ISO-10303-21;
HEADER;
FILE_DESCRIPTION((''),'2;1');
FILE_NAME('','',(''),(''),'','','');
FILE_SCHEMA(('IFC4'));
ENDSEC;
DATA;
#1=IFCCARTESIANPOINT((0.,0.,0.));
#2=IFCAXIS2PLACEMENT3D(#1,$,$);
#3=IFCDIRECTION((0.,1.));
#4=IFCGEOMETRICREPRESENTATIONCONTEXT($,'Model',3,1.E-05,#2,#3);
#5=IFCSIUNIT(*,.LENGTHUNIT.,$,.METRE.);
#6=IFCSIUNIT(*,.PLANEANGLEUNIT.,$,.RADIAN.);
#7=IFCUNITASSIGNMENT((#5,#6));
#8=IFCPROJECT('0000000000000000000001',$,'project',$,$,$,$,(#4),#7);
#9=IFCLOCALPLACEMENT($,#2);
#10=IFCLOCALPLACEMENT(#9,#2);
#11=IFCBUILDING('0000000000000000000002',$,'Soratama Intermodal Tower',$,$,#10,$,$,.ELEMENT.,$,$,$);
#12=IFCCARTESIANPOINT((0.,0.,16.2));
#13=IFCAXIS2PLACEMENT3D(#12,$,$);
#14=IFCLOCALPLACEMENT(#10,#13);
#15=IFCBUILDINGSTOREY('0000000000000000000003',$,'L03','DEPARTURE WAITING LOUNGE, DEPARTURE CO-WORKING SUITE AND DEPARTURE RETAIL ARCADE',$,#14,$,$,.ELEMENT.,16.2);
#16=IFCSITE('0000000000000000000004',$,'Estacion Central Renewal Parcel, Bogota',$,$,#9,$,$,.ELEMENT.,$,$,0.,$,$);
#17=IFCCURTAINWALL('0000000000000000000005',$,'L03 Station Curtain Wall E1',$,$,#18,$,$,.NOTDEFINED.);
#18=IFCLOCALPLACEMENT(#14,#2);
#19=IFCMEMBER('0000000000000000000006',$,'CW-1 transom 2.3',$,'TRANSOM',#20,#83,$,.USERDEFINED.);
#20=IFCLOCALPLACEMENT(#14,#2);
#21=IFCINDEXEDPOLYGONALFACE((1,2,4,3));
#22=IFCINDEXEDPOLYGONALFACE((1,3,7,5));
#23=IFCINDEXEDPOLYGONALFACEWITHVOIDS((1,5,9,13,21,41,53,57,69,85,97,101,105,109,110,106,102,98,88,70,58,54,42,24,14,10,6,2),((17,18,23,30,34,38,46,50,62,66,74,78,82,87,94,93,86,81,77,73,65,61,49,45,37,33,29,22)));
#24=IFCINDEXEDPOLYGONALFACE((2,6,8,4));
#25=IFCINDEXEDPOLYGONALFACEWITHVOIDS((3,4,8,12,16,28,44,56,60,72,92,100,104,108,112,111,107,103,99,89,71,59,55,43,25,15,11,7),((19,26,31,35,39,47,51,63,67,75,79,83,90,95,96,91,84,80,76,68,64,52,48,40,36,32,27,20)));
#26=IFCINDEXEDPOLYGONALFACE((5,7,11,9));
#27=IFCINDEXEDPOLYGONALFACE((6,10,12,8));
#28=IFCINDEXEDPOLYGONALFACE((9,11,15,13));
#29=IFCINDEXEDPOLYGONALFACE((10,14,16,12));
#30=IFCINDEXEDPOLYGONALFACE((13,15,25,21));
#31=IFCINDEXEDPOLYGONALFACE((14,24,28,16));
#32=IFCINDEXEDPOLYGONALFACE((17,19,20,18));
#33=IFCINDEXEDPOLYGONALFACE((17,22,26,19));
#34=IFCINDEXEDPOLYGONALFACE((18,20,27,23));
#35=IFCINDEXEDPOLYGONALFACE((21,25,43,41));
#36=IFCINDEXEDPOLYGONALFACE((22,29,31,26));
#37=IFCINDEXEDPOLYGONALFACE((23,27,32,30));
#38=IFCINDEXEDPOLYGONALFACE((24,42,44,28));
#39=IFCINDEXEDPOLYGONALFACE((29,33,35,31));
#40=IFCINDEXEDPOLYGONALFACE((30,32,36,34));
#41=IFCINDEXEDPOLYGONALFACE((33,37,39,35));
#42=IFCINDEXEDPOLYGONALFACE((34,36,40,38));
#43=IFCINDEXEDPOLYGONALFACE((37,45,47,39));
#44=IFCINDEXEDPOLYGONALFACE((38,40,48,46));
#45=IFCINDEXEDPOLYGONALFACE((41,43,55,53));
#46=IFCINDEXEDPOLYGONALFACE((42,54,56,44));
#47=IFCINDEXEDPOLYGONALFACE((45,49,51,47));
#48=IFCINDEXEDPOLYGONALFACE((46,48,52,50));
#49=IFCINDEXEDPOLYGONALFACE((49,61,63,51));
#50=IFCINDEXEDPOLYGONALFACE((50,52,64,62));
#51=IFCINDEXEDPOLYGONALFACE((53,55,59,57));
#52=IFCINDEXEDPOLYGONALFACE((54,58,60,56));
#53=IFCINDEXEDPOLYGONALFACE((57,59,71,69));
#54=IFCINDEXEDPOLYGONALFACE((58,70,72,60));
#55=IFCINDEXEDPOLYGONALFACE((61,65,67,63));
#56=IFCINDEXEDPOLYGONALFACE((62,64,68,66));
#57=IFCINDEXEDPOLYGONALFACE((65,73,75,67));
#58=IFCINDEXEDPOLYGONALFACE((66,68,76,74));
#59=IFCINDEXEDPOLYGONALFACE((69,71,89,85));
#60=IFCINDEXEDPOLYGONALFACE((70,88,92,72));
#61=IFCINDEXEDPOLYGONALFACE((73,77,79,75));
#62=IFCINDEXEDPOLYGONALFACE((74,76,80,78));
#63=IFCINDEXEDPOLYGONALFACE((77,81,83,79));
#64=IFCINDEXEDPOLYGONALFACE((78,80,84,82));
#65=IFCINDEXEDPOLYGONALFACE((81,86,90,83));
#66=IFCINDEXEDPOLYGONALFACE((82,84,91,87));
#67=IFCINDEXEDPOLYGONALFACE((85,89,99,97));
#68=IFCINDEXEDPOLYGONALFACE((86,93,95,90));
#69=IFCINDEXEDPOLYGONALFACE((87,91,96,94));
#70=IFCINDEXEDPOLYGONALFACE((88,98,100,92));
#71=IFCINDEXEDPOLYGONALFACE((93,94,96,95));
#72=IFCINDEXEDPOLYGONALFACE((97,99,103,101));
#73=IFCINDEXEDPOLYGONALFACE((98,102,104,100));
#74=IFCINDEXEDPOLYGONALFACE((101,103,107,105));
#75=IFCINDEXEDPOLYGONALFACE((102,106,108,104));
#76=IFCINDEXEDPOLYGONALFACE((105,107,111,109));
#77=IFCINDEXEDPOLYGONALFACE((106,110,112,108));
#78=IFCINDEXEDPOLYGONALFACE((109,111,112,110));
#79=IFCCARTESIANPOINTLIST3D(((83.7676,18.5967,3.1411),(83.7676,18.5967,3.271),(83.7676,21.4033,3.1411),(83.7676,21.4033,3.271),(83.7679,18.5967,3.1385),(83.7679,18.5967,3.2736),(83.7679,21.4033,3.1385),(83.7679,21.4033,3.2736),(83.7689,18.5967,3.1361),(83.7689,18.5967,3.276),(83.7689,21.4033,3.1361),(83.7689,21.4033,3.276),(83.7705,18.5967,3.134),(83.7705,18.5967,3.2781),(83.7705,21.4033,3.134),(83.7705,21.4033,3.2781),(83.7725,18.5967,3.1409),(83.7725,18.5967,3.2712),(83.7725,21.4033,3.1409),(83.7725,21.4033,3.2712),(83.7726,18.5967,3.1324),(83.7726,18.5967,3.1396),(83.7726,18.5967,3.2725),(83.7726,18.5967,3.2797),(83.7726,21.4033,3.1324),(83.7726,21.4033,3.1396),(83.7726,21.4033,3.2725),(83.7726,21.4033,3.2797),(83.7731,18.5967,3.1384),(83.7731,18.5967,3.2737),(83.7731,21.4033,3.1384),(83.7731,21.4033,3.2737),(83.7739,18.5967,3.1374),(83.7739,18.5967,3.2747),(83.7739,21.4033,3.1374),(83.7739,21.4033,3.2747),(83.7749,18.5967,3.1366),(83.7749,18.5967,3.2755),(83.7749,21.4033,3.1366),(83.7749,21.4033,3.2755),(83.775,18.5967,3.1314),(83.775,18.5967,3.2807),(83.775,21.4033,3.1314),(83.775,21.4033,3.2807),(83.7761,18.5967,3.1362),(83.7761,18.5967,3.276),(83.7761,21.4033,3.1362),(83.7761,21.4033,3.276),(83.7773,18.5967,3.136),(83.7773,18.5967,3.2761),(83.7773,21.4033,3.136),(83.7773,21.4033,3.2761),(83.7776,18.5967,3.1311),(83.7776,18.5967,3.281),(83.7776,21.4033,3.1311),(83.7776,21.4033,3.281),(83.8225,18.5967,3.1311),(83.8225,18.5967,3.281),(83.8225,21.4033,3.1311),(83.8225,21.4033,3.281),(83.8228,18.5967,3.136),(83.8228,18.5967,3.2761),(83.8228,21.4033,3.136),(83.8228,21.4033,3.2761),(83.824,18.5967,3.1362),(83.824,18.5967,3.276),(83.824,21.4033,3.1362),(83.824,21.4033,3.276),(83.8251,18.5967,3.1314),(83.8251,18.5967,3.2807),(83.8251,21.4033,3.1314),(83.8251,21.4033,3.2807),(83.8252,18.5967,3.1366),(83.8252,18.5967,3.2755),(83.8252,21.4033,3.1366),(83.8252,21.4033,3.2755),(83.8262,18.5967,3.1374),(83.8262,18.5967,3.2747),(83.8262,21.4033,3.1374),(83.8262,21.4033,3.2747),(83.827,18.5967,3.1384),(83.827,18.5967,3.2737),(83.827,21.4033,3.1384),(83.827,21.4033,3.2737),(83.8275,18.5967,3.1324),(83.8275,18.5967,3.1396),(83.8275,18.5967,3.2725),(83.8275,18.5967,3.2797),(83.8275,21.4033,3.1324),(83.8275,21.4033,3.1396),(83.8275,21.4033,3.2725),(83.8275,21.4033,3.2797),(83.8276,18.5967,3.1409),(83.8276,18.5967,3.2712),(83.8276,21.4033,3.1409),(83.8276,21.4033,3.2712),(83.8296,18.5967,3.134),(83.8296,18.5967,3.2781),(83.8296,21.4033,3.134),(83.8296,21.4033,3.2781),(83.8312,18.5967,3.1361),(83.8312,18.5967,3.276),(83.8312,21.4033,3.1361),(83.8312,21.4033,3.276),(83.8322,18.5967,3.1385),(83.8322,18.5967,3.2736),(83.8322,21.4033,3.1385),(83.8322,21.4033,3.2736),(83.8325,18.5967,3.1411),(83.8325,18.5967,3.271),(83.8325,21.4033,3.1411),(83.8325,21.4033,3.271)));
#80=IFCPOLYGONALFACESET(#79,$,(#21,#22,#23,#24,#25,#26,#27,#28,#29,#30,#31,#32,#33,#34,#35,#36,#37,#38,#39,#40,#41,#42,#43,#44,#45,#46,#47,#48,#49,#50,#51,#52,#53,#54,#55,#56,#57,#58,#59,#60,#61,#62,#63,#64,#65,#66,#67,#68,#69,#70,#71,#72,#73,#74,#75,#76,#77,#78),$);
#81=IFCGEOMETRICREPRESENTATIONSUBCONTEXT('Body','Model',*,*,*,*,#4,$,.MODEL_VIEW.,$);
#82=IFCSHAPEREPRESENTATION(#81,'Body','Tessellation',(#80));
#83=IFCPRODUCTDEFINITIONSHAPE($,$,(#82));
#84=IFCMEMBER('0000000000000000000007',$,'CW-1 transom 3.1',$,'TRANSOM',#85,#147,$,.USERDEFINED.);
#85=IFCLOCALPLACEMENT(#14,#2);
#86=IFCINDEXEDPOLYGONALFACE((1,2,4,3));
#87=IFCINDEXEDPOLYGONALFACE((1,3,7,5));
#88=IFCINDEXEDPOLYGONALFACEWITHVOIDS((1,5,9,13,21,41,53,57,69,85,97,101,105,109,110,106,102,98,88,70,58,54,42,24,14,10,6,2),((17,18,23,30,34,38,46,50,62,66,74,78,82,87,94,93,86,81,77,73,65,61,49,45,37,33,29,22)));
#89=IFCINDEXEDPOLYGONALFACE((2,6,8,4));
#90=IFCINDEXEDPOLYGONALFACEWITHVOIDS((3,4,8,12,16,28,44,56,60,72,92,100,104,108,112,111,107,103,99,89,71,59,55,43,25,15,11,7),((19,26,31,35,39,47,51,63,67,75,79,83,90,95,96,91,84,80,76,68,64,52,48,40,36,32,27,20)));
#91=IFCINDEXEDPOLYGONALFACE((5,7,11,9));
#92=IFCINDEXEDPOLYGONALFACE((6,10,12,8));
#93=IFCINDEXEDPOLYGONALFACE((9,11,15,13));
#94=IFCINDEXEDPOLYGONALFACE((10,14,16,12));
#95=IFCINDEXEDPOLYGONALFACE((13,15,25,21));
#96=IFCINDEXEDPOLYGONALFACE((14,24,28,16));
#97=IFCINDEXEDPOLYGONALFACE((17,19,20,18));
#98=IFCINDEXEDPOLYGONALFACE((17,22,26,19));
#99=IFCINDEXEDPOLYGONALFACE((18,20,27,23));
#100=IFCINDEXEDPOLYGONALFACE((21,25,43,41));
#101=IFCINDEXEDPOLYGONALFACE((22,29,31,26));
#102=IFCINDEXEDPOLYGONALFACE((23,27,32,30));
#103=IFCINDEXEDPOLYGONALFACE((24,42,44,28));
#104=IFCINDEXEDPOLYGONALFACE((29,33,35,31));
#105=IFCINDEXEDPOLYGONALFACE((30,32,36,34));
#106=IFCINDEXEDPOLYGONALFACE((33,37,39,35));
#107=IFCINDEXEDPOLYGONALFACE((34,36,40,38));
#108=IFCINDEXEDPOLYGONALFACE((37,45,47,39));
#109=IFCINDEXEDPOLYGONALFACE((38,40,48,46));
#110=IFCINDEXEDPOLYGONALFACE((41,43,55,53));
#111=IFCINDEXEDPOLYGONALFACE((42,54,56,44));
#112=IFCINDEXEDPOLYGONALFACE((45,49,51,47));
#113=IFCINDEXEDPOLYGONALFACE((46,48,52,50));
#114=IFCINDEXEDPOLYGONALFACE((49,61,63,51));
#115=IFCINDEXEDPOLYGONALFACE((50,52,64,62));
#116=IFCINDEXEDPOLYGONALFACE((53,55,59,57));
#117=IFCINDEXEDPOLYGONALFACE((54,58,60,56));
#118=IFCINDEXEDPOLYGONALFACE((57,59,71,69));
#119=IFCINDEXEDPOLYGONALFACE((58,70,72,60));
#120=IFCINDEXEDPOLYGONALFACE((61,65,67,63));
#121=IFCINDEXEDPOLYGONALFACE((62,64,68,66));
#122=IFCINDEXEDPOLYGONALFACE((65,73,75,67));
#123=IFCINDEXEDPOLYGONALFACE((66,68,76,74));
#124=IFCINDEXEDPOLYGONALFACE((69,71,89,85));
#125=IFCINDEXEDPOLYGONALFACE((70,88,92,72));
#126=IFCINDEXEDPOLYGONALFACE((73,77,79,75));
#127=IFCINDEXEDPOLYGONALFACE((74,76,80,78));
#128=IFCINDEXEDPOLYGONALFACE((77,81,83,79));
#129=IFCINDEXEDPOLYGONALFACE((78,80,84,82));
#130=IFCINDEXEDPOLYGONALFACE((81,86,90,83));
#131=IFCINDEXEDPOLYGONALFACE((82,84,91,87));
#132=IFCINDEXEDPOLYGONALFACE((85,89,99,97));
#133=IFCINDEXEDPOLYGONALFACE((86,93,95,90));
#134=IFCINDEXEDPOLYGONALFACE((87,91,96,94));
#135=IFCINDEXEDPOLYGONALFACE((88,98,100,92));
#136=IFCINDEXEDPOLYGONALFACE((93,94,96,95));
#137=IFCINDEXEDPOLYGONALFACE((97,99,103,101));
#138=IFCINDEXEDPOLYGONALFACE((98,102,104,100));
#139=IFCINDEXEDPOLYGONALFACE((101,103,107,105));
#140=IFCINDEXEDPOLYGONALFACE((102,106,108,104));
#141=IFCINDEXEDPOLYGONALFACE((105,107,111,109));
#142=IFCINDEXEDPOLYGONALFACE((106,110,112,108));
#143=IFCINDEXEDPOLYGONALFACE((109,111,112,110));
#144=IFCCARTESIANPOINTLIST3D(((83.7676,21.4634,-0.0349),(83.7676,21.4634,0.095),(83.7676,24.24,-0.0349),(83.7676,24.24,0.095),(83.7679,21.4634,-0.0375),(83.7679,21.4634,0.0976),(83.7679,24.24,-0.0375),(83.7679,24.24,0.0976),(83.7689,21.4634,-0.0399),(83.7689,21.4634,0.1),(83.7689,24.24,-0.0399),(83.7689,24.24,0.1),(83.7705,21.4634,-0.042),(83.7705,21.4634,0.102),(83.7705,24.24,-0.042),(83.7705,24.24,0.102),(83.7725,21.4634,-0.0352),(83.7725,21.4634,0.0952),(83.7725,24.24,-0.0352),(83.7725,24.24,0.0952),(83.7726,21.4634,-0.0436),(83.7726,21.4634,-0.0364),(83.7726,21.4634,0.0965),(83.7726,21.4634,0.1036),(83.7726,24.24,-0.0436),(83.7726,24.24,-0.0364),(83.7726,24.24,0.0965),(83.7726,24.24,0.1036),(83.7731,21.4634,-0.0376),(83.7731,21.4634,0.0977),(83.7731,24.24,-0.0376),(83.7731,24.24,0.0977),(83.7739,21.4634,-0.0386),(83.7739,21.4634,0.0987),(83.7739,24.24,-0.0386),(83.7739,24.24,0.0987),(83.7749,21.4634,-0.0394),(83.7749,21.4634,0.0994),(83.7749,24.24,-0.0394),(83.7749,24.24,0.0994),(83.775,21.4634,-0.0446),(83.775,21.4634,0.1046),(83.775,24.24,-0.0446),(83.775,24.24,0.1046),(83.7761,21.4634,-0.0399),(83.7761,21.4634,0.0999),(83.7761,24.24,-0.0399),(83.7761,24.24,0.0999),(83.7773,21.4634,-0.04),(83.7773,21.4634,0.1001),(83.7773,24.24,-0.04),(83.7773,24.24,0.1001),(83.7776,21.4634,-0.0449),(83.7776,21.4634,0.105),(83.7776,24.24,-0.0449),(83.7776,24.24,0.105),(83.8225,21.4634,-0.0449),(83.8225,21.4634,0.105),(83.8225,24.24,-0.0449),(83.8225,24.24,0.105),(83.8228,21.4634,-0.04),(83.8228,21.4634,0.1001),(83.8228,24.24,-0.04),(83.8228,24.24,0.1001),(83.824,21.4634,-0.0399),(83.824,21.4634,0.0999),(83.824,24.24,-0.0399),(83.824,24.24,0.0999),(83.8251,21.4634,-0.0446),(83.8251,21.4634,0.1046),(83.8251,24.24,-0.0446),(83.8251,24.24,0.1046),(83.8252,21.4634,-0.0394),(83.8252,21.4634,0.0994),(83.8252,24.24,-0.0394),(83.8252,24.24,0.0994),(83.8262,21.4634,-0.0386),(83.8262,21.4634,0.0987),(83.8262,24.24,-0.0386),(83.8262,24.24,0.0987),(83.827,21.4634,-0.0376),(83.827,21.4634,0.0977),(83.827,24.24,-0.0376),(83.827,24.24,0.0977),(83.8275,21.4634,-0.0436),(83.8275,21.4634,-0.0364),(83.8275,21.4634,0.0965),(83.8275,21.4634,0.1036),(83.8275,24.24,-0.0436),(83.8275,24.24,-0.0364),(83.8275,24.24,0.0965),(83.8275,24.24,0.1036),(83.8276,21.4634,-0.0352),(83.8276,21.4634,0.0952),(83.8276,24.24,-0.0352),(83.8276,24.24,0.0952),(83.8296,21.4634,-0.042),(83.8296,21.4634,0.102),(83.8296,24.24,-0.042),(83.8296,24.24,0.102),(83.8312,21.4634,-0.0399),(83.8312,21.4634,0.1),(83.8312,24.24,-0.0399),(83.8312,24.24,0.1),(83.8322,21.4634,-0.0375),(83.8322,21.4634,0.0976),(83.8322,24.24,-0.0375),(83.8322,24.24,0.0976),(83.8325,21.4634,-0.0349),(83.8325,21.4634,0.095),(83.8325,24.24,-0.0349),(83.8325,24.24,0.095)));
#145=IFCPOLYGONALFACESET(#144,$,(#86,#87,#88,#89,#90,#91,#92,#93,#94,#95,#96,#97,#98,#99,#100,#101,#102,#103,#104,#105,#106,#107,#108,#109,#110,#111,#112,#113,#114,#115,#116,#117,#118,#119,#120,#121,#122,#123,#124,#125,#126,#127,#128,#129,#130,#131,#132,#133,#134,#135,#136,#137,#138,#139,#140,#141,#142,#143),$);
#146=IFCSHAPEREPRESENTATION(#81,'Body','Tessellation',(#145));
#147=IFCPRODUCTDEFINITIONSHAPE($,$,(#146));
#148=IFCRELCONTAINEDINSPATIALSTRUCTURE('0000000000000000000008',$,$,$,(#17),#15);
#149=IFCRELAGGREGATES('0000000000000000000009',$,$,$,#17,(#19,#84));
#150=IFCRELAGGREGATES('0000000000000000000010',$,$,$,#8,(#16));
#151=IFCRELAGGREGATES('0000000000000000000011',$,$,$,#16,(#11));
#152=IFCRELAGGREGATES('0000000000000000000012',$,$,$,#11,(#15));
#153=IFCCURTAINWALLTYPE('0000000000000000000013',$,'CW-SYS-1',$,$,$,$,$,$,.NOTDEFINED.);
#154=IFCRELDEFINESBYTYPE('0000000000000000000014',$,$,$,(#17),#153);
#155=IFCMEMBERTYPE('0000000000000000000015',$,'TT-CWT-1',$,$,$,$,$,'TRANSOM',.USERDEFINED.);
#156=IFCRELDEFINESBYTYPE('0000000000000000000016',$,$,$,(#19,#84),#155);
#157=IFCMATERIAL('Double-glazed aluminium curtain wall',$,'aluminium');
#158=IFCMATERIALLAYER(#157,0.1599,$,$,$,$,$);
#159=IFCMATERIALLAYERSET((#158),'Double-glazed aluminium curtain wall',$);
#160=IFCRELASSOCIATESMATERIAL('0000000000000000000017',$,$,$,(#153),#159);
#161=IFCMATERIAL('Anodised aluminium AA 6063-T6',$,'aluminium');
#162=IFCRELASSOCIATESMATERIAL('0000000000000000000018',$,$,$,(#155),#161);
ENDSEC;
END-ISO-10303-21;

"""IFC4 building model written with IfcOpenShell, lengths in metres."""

from ifc_helpers import new_model, si_unit, direction, frame, origin, origin_2d, place, context, subcontext, project, spatial, hollow_rectangle, extrude, material, layer, layer_set, material_profile, profile_set, type_object, element, aggregate, save


model = new_model("IFC4")

# Units and contexts
model_context = context("Model", 3, precision=1e-05, world=origin(), true_north=direction((0.0, 1.0)))
body_context = subcontext(model_context, "Body", "Model", "MODEL_VIEW")
ifc_project = project(units=[si_unit("LENGTHUNIT", "METRE"), si_unit("PLANEANGLEUNIT", "RADIAN")], contexts=[model_context])

# Site, building, storey
site_placement = place(None, origin())
site = spatial("IfcSite", under=ifc_project, at=site_placement, Name="Estacion Central Renewal Parcel, Bogota", CompositionType="ELEMENT", RefElevation=0.0)
building_placement = place(site_placement, origin())
building = spatial("IfcBuilding", under=site, at=building_placement, Name="Soratama Intermodal Tower", CompositionType="ELEMENT")
storey_placement = place(building_placement, frame((0.0, 0.0, 16.2)))
storey = spatial("IfcBuildingStorey", under=building, at=storey_placement, Name="L03", Description="DEPARTURE WAITING LOUNGE, DEPARTURE CO-WORKING SUITE AND DEPARTURE RETAIL ARCADE", CompositionType="ELEMENT", Elevation=16.2)

# Curtain wall
ifc_material_1 = material(Name="Double-glazed aluminium curtain wall", Category="aluminium")
ifc_layer_1 = layer(ifc_material_1, 0.1599)
ifc_layer_set_1 = layer_set([ifc_layer_1], Name="Double-glazed aluminium curtain wall")
curtain_wall_type = type_object("IfcCurtainWallType", Name="CW-SYS-1", PredefinedType="NOTDEFINED", material=ifc_layer_set_1)
curtain_wall_1_placement = place(storey_placement, origin())
curtain_wall_1 = element("IfcCurtainWall", 1, at=curtain_wall_1_placement, inside=storey, type_object=curtain_wall_type, Name="L03 Station Curtain Wall E1", PredefinedType="NOTDEFINED")

# Members
ifc_material_2 = material(Name="Anodised aluminium AA 6063-T6", Category="aluminium")
ifc_material_profile_1 = material_profile(ifc_material_2, hollow_rectangle(XDim=0.0649, YDim=0.1499, WallThickness=0.0049, InnerFilletRadius=0.0049, OuterFilletRadius=0.01, at=origin_2d()), Name="CWT150X65X5")
ifc_profile_set_1 = profile_set([ifc_material_profile_1], Name="Anodised aluminium AA 6063-T6")
member_type_1 = type_object("IfcMemberType", Name="TT-CWT-1", ElementType="TRANSOM", PredefinedType="USERDEFINED", material=ifc_profile_set_1)
member_1_placement = place(storey_placement, frame((83.8, 18.5967, 3.2061), z_axis=(0.0, 1.0, 0.0), x_axis=(-1.0, 0.0, 0.0)))
member_1 = element("IfcMember", 2, at=member_1_placement, type_object=member_type_1, Name="CW-1 transom 2.3", ObjectType="TRANSOM", PredefinedType="USERDEFINED", context=body_context, shape_type="SweptSolid", body=[
    extrude(hollow_rectangle(XDim=0.0649, YDim=0.1499, WallThickness=0.0049, InnerFilletRadius=0.0049, OuterFilletRadius=0.01, at=origin_2d()), origin(), (0.0, 0.0, 1.0), 2.8066),
])
member_2_placement = place(storey_placement, frame((83.8, 21.4634, 0.03), z_axis=(0.0, 1.0, 0.0), x_axis=(-1.0, 0.0, 0.0)))
member_2 = element("IfcMember", 3, at=member_2_placement, type_object=member_type_1, Name="CW-1 transom 3.1", ObjectType="TRANSOM", PredefinedType="USERDEFINED", context=body_context, shape_type="SweptSolid", body=[
    extrude(hollow_rectangle(XDim=0.0649, YDim=0.1499, WallThickness=0.0049, InnerFilletRadius=0.0049, OuterFilletRadius=0.01, at=origin_2d()), origin(), (0.0, 0.0, 1.0), 2.7766),
])

aggregate(curtain_wall_1, [member_1, member_2])

save(model, "model.ifc")
